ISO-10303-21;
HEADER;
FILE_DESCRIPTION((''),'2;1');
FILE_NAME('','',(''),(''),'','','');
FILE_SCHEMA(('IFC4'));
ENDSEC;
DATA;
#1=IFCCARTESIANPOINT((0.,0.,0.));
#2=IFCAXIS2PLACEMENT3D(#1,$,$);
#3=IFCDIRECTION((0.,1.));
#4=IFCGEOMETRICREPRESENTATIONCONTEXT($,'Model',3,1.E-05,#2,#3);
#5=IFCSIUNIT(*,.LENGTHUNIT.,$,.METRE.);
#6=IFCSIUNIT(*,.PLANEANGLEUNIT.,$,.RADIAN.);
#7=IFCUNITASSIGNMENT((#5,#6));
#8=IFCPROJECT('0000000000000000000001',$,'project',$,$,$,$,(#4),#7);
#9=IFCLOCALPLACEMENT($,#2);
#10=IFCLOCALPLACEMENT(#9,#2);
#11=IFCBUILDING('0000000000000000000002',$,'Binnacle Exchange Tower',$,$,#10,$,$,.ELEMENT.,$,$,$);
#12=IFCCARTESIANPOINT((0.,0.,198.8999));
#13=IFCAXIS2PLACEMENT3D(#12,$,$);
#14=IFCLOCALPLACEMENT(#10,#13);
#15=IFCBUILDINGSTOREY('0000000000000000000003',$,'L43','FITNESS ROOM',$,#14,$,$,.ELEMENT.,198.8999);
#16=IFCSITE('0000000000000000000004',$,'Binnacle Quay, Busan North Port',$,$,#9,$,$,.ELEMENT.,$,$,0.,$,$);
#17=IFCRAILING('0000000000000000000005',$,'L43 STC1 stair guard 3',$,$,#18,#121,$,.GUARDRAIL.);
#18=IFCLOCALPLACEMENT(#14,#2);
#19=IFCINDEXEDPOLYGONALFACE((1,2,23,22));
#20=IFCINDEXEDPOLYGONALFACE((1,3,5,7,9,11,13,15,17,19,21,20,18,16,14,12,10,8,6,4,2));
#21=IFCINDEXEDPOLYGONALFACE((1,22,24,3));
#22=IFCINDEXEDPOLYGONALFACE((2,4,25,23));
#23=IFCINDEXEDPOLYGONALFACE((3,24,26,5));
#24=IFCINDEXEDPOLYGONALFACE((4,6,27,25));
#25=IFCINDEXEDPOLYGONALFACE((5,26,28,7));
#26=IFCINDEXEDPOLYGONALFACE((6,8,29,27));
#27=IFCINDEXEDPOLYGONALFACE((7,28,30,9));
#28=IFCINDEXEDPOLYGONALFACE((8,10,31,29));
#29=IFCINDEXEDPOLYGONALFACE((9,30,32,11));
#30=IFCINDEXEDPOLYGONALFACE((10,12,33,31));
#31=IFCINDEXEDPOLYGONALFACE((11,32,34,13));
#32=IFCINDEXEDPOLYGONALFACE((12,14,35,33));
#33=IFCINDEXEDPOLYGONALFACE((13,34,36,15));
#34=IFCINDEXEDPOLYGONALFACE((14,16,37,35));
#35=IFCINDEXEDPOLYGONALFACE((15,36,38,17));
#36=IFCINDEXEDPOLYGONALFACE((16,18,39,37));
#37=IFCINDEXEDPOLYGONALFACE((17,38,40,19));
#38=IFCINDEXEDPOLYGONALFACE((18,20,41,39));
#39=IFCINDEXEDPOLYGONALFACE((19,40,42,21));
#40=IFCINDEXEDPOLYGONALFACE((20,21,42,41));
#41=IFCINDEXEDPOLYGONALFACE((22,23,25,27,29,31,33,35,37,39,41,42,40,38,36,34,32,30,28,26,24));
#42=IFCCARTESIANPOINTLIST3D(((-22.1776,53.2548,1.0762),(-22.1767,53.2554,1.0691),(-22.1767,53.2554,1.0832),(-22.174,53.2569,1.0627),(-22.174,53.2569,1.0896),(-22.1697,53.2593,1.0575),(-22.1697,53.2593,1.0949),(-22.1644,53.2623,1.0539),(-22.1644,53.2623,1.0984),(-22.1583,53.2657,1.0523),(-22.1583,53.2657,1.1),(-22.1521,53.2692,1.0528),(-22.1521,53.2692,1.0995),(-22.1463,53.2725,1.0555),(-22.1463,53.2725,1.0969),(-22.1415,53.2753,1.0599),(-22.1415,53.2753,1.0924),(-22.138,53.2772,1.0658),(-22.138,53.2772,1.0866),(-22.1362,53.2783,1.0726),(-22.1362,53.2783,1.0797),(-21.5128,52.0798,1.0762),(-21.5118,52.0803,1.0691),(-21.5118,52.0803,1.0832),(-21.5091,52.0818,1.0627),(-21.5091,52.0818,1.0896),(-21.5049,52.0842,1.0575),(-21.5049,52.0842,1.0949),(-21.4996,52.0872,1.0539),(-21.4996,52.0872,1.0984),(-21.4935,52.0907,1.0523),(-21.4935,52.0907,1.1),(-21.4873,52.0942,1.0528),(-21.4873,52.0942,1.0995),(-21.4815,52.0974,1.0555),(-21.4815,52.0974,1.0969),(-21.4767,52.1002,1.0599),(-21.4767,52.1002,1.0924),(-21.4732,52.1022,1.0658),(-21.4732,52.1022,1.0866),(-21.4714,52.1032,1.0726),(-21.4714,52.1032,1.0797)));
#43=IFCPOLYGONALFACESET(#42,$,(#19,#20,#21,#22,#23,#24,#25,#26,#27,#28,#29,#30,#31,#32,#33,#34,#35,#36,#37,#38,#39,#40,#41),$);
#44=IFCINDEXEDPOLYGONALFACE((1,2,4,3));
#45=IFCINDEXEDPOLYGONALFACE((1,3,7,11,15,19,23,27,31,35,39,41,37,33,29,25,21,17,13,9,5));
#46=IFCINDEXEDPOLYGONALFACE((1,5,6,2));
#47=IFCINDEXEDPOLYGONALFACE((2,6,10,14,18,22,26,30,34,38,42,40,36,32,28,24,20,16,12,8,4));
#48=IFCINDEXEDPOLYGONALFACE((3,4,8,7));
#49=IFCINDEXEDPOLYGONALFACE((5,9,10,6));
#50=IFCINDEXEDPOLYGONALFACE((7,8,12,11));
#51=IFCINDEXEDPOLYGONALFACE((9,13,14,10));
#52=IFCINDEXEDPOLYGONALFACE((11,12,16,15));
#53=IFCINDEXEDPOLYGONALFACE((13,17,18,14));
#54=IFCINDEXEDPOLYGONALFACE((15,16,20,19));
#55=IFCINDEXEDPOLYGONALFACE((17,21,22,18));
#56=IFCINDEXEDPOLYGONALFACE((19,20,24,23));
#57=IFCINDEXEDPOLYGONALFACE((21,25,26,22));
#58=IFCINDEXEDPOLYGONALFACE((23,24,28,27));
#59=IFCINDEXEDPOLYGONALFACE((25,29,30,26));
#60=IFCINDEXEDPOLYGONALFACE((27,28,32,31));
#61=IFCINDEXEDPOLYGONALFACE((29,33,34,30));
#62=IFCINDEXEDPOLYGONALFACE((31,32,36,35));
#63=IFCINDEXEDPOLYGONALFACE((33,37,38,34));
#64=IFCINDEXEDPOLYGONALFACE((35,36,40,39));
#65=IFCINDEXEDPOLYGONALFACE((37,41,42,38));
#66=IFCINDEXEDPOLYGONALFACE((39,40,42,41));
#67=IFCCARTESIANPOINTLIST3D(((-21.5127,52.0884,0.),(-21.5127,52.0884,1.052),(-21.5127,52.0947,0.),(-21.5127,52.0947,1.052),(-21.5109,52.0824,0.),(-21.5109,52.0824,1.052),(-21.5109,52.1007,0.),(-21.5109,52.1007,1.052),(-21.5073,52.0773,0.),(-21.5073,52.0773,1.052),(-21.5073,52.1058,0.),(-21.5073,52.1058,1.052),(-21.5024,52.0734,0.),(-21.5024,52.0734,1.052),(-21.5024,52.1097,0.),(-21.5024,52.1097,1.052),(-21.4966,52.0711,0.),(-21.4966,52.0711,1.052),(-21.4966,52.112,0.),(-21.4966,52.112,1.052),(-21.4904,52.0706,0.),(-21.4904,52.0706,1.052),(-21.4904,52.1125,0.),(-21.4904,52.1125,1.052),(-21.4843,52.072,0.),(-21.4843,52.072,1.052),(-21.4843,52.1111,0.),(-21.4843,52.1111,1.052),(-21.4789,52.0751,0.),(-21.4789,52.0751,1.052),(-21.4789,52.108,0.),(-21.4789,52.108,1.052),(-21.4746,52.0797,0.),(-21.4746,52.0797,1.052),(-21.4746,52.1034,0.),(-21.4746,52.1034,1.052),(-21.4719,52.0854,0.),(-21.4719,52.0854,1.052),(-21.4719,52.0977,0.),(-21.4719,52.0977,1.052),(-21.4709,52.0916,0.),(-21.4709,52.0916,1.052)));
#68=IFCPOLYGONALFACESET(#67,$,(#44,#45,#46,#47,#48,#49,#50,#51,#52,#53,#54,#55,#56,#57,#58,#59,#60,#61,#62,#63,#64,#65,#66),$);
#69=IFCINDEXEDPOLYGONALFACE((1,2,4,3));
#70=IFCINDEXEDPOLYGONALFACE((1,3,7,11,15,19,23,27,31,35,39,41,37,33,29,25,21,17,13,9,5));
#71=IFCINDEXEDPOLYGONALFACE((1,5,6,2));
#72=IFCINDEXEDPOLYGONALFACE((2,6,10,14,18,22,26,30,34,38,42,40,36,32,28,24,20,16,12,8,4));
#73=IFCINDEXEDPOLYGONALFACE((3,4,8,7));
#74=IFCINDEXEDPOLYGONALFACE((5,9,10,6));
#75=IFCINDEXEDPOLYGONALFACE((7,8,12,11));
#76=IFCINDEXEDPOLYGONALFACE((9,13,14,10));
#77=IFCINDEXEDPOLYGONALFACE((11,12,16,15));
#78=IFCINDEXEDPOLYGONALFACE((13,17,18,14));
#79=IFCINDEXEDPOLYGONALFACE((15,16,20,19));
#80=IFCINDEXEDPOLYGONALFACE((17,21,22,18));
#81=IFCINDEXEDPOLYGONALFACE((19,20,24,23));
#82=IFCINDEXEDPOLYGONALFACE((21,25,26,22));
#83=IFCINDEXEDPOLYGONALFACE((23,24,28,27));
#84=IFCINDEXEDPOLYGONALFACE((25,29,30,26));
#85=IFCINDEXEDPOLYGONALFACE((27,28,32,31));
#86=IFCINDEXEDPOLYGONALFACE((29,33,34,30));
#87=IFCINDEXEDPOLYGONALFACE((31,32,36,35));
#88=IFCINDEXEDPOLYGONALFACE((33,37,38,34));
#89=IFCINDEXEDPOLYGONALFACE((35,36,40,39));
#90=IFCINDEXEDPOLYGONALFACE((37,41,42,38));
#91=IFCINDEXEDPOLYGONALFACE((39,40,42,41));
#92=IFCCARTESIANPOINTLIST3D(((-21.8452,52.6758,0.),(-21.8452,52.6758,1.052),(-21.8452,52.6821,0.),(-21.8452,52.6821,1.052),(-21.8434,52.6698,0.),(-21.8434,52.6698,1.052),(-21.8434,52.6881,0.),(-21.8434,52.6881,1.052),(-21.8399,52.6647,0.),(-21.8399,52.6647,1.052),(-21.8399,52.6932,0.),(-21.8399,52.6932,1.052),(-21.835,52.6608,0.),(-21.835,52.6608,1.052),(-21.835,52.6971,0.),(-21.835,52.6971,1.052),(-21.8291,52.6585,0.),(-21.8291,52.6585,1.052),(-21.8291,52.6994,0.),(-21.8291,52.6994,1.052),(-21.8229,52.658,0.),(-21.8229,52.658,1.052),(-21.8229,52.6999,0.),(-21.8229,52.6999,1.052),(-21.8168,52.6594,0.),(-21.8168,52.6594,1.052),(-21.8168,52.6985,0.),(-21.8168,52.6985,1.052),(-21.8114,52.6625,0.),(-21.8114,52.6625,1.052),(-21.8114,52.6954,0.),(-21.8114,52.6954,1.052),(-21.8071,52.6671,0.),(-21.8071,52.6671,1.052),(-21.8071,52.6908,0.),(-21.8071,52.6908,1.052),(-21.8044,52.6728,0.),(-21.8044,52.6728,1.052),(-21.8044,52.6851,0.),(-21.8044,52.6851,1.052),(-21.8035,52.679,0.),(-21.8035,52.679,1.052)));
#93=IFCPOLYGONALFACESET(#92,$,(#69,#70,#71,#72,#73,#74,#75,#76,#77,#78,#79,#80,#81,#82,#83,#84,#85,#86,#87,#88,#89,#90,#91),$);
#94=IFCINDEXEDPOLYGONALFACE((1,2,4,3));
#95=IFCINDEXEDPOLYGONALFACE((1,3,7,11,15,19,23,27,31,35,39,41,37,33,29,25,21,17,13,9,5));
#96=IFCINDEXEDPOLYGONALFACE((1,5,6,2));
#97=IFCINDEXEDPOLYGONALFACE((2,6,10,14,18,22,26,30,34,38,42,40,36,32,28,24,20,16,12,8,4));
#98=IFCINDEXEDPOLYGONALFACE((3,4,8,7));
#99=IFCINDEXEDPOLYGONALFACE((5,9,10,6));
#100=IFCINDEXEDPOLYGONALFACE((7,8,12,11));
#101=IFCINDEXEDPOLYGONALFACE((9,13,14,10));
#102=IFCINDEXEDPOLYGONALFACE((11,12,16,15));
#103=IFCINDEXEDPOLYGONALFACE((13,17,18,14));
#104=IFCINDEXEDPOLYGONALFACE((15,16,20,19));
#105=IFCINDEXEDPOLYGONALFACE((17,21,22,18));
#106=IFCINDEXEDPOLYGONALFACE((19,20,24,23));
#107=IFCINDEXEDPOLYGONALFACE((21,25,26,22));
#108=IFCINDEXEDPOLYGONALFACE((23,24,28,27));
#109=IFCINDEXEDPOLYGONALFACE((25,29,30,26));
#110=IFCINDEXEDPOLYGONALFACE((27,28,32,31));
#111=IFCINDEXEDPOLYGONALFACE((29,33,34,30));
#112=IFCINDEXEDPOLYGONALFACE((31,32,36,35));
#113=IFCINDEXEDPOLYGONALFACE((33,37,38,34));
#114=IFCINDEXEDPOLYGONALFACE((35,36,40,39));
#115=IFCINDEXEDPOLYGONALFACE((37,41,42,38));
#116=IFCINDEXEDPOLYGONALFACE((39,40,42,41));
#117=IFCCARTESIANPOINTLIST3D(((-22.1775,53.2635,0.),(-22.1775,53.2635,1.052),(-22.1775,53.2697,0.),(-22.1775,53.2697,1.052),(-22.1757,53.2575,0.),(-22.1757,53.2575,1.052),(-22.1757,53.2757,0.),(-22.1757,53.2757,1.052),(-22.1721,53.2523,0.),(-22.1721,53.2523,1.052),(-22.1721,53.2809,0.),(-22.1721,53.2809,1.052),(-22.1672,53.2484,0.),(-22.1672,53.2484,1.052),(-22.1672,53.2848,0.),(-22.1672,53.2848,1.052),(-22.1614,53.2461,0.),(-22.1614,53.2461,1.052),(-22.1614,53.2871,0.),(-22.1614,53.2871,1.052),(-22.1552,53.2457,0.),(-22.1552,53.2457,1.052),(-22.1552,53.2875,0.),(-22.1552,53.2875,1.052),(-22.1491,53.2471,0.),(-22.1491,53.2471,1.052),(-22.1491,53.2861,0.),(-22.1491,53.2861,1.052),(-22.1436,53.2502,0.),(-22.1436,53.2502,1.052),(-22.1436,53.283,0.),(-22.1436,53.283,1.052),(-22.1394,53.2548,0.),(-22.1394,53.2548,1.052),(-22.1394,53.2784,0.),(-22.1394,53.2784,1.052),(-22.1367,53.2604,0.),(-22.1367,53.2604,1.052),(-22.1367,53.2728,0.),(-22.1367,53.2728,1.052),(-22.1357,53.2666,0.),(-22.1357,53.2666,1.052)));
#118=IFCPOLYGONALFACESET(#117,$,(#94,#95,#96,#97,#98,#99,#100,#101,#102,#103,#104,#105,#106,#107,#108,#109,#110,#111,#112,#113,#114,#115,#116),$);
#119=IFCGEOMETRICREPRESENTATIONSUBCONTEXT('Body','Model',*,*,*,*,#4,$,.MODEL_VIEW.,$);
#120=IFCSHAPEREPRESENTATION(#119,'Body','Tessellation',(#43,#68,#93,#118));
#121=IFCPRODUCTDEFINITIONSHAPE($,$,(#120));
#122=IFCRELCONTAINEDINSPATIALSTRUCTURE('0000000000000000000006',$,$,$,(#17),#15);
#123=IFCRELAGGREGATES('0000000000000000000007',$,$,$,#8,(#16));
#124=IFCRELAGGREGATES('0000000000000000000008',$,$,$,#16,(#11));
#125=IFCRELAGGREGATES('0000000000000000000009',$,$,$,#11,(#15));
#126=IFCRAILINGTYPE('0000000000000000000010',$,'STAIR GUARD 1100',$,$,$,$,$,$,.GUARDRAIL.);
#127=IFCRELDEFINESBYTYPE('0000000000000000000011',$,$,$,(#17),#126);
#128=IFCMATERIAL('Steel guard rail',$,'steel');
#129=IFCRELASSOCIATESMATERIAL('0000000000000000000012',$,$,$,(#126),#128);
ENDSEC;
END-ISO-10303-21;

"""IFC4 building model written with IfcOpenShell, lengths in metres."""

from ifc_helpers import new_model, si_unit, direction, frame, origin, origin_2d, place, context, subcontext, project, spatial, circle, extrude, material, type_object, element, save


model = new_model("IFC4")

# Units and contexts
model_context = context("Model", 3, precision=1e-05, world=origin(), true_north=direction((0.0, 1.0)))
body_context = subcontext(model_context, "Body", "Model", "MODEL_VIEW")
ifc_project = project(units=[si_unit("LENGTHUNIT", "METRE"), si_unit("PLANEANGLEUNIT", "RADIAN")], contexts=[model_context])

# Site, building, storey
site_placement = place(None, origin())
site = spatial("IfcSite", under=ifc_project, at=site_placement, Name="Binnacle Quay, Busan North Port", CompositionType="ELEMENT", RefElevation=0.0)
building_placement = place(site_placement, origin())
building = spatial("IfcBuilding", under=site, at=building_placement, Name="Binnacle Exchange Tower", CompositionType="ELEMENT")
storey_placement = place(building_placement, frame((0.0, 0.0, 198.8999)))
storey = spatial("IfcBuildingStorey", under=building, at=storey_placement, Name="L43", Description="FITNESS ROOM", CompositionType="ELEMENT", Elevation=198.8999)

# Railing
ifc_material_1 = material(Name="Steel guard rail", Category="steel")
railing_type_1 = type_object("IfcRailingType", Name="STAIR GUARD 1100", PredefinedType="GUARDRAIL", material=ifc_material_1)
railing_1_placement = place(storey_placement, frame((-21.4919, 52.0916, 0.0)))
element("IfcRailing", 1, at=railing_1_placement, inside=storey, type_object=railing_type_1, Name="L43 STC1 stair guard 3", PredefinedType="GUARDRAIL", context=body_context, shape_type="SweptSolid", body=[
    extrude(circle(Radius=0.0239, at=origin_2d()), frame((0.0, 0.0, 1.0762), z_axis=(-0.492415, 0.870361, 0.0), x_axis=(-0.870361, -0.492415, 0.0)), (0.0, 0.0, 1.0), 1.3501),
    extrude(circle(Radius=0.021, at=origin_2d()), origin(), (0.0, 0.0, 1.0), 1.052),
    extrude(circle(Radius=0.021, at=origin_2d()), frame((-0.3325, 0.5874, 0.0)), (0.0, 0.0, 1.0), 1.052),
    extrude(circle(Radius=0.021, at=origin_2d()), frame((-0.6648, 1.175, 0.0)), (0.0, 0.0, 1.0), 1.052),
])

save(model, "model.ifc")
